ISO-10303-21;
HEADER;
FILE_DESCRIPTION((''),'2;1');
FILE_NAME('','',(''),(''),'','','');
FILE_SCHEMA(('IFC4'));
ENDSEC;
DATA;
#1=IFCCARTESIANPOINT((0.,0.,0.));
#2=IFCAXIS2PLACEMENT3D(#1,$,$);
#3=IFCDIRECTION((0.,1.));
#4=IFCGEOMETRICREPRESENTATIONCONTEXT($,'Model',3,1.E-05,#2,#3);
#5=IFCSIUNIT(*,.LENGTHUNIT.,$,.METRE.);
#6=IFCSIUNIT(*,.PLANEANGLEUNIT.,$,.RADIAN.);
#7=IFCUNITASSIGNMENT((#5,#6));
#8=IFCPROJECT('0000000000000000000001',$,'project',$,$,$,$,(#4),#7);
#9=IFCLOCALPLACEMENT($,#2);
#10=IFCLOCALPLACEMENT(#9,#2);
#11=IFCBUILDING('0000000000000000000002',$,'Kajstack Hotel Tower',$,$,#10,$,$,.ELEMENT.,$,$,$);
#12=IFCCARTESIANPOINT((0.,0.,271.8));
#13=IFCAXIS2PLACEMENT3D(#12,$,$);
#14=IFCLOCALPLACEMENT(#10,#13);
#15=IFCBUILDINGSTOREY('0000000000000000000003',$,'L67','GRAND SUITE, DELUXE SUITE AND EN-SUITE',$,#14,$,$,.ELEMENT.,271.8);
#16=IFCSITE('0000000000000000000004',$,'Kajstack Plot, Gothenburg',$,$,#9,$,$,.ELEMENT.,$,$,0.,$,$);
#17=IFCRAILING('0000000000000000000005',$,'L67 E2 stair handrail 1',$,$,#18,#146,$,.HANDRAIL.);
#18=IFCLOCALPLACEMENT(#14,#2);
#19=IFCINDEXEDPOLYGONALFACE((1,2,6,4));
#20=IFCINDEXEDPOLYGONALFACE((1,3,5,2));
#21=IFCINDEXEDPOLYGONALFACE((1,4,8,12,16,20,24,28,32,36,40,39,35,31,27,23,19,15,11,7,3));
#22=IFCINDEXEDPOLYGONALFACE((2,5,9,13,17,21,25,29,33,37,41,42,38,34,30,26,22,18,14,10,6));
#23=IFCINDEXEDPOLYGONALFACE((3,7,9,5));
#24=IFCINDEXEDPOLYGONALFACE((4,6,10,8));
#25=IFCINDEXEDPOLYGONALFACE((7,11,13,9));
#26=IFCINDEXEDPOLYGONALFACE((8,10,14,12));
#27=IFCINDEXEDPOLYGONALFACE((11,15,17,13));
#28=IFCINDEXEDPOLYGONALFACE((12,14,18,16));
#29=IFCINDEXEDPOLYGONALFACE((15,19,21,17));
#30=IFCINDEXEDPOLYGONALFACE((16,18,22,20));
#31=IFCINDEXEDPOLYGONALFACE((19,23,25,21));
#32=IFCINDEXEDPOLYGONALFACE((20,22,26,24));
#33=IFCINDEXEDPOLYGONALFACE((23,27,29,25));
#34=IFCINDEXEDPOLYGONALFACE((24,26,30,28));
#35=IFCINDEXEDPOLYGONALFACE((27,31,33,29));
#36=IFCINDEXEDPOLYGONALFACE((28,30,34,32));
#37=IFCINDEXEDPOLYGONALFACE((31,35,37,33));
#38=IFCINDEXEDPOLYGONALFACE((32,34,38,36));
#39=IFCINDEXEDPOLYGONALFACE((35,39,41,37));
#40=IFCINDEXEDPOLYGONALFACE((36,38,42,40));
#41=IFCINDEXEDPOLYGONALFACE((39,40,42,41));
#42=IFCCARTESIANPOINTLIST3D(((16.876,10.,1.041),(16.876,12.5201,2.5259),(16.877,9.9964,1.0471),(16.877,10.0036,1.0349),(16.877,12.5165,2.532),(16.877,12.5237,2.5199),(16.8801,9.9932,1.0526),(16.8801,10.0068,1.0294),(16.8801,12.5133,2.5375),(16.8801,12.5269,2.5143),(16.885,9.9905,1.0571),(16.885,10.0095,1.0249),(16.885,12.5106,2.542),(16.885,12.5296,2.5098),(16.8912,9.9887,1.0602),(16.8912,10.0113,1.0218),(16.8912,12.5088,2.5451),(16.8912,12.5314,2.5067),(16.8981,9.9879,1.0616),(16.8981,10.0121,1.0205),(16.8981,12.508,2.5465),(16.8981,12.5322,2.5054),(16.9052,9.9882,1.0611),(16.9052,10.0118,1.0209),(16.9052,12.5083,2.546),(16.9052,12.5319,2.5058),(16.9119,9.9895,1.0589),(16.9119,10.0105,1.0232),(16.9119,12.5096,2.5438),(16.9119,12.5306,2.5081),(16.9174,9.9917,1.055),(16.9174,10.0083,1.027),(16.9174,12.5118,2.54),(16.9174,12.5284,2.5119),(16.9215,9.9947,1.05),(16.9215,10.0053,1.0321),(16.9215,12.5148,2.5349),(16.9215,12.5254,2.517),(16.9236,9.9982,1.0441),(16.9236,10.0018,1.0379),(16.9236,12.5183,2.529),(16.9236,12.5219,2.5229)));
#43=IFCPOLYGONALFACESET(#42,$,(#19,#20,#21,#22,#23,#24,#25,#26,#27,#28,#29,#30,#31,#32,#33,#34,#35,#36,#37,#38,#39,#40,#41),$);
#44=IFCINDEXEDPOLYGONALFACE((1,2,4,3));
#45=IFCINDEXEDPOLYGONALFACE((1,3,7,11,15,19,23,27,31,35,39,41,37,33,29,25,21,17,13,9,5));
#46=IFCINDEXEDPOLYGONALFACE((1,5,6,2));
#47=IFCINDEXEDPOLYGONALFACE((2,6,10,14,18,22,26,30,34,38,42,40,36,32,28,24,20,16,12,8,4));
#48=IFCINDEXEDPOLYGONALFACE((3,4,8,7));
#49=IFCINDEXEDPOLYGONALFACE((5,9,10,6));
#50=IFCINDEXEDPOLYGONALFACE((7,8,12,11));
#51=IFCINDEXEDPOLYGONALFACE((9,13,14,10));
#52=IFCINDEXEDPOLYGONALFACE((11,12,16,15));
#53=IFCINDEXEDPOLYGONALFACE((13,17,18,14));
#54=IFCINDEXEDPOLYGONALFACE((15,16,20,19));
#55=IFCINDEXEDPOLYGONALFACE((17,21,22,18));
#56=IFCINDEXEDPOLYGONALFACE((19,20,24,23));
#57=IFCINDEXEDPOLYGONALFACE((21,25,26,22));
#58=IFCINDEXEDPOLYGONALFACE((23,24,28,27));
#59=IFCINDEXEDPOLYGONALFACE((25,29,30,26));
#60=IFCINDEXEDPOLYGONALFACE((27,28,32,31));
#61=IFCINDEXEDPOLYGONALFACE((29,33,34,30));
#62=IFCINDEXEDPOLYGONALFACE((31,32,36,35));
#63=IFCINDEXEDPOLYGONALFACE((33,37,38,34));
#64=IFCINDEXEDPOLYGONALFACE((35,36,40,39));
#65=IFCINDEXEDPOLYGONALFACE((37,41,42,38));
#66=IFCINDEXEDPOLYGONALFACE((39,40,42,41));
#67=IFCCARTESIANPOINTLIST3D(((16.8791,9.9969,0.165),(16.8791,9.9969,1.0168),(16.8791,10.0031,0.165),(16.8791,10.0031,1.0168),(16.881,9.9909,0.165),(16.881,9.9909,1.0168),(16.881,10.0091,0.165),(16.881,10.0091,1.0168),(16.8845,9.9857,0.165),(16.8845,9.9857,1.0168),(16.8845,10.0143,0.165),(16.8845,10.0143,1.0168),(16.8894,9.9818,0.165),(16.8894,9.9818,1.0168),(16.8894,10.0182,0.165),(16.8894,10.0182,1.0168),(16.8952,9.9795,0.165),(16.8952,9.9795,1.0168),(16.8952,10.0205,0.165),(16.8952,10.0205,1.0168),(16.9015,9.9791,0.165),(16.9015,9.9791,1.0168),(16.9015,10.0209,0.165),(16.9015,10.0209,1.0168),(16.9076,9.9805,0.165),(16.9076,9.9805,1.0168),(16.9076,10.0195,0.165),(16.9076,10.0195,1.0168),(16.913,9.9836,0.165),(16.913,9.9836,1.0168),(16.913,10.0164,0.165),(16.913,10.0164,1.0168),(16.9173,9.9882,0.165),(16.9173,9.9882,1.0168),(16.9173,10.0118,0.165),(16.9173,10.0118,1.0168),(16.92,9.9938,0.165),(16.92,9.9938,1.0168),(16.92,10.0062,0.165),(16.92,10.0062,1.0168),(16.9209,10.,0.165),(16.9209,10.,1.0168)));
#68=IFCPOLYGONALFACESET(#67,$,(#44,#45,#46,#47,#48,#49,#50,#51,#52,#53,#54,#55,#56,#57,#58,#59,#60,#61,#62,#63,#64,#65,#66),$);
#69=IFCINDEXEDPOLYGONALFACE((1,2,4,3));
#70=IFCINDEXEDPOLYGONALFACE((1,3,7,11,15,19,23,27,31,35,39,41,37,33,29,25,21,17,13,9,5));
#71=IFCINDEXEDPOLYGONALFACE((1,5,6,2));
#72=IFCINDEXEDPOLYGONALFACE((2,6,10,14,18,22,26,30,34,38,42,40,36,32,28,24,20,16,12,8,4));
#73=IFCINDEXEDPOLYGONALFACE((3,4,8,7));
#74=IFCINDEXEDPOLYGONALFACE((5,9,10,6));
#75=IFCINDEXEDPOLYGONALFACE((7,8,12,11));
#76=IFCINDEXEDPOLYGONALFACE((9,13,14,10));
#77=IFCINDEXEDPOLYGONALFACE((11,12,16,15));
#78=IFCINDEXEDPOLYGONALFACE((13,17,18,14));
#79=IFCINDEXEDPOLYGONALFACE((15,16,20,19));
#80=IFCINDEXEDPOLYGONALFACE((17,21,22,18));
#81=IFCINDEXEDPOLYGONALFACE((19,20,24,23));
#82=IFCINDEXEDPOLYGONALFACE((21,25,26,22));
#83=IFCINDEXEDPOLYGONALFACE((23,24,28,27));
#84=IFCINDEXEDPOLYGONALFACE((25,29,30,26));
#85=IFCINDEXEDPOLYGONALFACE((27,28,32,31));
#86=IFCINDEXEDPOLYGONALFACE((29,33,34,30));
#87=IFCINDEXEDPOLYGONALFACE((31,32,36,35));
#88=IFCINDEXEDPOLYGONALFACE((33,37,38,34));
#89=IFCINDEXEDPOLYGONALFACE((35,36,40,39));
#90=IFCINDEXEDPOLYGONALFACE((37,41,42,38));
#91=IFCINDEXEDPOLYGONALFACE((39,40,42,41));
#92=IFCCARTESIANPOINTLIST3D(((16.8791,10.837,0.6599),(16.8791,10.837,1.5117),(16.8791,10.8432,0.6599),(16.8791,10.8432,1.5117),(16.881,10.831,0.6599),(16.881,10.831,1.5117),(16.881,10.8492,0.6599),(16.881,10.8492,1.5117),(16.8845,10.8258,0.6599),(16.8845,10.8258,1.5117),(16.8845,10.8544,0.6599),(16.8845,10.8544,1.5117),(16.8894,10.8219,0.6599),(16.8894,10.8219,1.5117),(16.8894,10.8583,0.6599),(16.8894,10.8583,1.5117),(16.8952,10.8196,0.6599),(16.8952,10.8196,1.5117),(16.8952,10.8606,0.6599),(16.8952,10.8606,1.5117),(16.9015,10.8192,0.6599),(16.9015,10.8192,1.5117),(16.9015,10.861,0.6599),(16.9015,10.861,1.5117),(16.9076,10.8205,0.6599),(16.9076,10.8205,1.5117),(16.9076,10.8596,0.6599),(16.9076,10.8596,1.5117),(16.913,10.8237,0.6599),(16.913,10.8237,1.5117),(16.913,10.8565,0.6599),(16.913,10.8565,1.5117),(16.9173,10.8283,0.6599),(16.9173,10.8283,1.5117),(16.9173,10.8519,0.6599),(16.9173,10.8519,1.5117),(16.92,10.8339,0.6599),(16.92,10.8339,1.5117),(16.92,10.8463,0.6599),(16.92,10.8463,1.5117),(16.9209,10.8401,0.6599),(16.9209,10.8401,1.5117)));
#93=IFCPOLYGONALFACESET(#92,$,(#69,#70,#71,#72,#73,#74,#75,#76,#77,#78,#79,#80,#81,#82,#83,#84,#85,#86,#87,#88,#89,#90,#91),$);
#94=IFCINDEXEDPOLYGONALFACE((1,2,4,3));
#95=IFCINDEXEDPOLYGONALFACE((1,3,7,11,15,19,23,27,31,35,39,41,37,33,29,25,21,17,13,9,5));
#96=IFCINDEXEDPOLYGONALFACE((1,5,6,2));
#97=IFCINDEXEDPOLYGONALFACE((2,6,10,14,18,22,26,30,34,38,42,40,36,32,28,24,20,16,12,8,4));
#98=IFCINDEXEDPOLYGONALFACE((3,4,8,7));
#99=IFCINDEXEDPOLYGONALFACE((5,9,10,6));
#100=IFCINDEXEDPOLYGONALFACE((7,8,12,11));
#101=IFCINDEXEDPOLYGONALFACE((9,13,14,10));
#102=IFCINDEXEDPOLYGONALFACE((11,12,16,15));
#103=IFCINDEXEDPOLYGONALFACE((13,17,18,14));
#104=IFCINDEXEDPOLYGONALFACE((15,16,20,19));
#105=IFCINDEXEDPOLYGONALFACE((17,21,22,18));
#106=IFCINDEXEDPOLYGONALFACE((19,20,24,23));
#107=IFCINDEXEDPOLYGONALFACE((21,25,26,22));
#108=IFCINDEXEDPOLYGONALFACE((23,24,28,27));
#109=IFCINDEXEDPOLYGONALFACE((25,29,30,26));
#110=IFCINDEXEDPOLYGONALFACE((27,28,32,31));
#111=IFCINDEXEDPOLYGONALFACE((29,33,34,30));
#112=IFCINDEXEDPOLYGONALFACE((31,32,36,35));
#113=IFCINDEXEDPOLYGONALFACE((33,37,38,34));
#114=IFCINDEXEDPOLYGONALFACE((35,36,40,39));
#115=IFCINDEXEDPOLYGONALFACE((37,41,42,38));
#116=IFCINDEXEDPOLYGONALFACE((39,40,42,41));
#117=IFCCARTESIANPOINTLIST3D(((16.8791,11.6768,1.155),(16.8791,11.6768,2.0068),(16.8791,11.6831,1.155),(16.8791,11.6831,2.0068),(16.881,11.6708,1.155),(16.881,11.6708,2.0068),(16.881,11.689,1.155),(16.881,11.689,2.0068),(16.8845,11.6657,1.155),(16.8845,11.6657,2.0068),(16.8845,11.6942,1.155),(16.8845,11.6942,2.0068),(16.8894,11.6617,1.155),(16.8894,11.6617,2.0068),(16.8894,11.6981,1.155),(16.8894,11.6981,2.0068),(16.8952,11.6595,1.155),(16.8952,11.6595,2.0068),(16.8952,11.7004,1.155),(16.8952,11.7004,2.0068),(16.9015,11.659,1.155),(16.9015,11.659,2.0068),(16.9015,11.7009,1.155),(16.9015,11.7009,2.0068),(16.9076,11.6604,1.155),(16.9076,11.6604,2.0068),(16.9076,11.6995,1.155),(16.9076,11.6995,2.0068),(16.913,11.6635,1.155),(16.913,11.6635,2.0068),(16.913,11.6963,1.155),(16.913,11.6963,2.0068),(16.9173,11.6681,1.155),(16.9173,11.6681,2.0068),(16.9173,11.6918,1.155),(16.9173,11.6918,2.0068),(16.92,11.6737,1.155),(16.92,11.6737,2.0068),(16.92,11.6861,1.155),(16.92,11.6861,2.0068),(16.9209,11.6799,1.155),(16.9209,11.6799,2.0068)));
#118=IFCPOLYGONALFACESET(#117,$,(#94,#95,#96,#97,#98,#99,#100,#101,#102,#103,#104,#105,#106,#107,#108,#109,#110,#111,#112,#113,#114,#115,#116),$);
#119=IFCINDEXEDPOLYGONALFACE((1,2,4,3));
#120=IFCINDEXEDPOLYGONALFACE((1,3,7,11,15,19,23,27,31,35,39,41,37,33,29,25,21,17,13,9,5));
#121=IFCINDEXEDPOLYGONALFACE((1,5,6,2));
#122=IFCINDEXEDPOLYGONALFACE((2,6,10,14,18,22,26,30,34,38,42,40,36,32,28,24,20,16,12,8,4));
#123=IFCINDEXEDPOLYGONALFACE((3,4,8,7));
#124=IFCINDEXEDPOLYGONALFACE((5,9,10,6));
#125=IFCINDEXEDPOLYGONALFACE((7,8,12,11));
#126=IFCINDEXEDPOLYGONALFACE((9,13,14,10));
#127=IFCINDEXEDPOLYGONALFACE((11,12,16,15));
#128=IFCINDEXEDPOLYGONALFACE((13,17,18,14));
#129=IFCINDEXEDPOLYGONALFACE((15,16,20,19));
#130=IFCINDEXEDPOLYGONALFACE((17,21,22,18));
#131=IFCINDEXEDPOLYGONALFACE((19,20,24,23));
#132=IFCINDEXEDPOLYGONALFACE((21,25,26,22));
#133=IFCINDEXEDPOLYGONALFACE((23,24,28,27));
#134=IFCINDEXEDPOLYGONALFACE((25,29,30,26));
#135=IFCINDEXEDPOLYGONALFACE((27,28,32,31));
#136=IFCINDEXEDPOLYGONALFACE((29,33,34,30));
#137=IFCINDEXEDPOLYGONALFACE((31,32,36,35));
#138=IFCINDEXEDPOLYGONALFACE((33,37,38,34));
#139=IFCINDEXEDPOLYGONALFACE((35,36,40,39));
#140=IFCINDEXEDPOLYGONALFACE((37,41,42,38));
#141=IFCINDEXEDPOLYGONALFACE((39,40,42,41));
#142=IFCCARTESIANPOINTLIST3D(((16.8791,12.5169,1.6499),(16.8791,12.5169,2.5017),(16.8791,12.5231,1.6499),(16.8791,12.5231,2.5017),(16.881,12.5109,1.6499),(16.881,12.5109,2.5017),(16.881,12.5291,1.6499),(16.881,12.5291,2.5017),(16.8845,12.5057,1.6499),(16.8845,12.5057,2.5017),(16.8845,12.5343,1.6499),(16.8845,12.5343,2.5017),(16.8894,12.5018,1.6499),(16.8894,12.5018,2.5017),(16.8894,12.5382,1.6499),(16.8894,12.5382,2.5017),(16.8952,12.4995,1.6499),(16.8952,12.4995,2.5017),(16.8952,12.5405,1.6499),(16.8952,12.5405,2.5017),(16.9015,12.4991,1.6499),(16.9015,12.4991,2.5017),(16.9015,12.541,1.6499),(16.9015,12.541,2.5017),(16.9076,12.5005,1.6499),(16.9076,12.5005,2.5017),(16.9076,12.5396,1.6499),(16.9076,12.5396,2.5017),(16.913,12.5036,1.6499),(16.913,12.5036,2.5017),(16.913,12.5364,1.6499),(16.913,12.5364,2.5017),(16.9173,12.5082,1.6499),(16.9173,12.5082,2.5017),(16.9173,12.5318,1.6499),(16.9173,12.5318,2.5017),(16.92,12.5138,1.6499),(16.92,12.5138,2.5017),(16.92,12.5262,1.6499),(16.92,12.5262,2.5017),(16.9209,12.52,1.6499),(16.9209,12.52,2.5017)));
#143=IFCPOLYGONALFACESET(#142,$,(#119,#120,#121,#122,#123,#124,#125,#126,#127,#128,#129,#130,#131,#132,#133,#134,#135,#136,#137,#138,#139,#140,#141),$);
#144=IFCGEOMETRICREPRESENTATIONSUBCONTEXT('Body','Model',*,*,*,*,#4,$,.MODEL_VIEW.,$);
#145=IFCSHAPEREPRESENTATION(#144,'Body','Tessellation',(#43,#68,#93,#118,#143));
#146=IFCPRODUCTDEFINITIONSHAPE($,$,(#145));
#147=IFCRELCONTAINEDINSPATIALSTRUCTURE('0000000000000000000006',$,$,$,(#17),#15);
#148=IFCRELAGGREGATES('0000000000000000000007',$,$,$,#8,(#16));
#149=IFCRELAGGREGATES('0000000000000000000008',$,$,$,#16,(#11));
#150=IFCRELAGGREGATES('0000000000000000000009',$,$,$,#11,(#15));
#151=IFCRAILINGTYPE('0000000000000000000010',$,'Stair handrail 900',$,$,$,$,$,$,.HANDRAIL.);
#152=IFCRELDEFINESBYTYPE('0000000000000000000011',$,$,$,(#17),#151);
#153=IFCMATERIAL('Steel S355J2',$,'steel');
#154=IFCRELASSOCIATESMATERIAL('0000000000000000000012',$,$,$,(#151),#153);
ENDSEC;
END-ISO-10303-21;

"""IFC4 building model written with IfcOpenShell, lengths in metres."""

from ifc_helpers import new_model, si_unit, direction, frame, origin, origin_2d, place, context, subcontext, project, spatial, circle, extrude, material, type_object, element, save


model = new_model("IFC4")

# Units and contexts
model_context = context("Model", 3, precision=1e-05, world=origin(), true_north=direction((0.0, 1.0)))
body_context = subcontext(model_context, "Body", "Model", "MODEL_VIEW")
ifc_project = project(units=[si_unit("LENGTHUNIT", "METRE"), si_unit("PLANEANGLEUNIT", "RADIAN")], contexts=[model_context])

# Site, building, storey
site_placement = place(None, origin())
site = spatial("IfcSite", under=ifc_project, at=site_placement, Name="Kajstack Plot, Gothenburg", CompositionType="ELEMENT", RefElevation=0.0)
building_placement = place(site_placement, origin())
building = spatial("IfcBuilding", under=site, at=building_placement, Name="Kajstack Hotel Tower", CompositionType="ELEMENT")
storey_placement = place(building_placement, frame((0.0, 0.0, 271.8)))
storey = spatial("IfcBuildingStorey", under=building, at=storey_placement, Name="L67", Description="GRAND SUITE, DELUXE SUITE AND EN-SUITE", CompositionType="ELEMENT", Elevation=271.8)

# Railing
ifc_material_1 = material(Name="Steel S355J2", Category="steel")
railing_type_1 = type_object("IfcRailingType", Name="Stair handrail 900", PredefinedType="HANDRAIL", material=ifc_material_1)
railing_1_placement = place(storey_placement, frame((16.8999, 10.0, 0.165)))
element("IfcRailing", 1, at=railing_1_placement, inside=storey, type_object=railing_type_1, Name="L67 E2 stair handrail 1", PredefinedType="HANDRAIL", context=body_context, shape_type="SweptSolid", body=[
    extrude(circle(Radius=0.0239, at=origin_2d()), frame((0.0, 0.0, 0.876), z_axis=(0.0, 0.861561, 0.507655), x_axis=(-1.0, 0.0, 0.0)), (0.0, 0.0, 1.0), 2.925),
    extrude(circle(Radius=0.021, at=origin_2d()), origin(), (0.0, 0.0, 1.0), 0.8518),
    extrude(circle(Radius=0.021, at=origin_2d()), frame((0.0, 0.8401, 0.4949)), (0.0, 0.0, 1.0), 0.8518),
    extrude(circle(Radius=0.021, at=origin_2d()), frame((0.0, 1.6799, 0.99)), (0.0, 0.0, 1.0), 0.8518),
    extrude(circle(Radius=0.021, at=origin_2d()), frame((0.0, 2.52, 1.4849)), (0.0, 0.0, 1.0), 0.8518),
])

save(model, "model.ifc")
